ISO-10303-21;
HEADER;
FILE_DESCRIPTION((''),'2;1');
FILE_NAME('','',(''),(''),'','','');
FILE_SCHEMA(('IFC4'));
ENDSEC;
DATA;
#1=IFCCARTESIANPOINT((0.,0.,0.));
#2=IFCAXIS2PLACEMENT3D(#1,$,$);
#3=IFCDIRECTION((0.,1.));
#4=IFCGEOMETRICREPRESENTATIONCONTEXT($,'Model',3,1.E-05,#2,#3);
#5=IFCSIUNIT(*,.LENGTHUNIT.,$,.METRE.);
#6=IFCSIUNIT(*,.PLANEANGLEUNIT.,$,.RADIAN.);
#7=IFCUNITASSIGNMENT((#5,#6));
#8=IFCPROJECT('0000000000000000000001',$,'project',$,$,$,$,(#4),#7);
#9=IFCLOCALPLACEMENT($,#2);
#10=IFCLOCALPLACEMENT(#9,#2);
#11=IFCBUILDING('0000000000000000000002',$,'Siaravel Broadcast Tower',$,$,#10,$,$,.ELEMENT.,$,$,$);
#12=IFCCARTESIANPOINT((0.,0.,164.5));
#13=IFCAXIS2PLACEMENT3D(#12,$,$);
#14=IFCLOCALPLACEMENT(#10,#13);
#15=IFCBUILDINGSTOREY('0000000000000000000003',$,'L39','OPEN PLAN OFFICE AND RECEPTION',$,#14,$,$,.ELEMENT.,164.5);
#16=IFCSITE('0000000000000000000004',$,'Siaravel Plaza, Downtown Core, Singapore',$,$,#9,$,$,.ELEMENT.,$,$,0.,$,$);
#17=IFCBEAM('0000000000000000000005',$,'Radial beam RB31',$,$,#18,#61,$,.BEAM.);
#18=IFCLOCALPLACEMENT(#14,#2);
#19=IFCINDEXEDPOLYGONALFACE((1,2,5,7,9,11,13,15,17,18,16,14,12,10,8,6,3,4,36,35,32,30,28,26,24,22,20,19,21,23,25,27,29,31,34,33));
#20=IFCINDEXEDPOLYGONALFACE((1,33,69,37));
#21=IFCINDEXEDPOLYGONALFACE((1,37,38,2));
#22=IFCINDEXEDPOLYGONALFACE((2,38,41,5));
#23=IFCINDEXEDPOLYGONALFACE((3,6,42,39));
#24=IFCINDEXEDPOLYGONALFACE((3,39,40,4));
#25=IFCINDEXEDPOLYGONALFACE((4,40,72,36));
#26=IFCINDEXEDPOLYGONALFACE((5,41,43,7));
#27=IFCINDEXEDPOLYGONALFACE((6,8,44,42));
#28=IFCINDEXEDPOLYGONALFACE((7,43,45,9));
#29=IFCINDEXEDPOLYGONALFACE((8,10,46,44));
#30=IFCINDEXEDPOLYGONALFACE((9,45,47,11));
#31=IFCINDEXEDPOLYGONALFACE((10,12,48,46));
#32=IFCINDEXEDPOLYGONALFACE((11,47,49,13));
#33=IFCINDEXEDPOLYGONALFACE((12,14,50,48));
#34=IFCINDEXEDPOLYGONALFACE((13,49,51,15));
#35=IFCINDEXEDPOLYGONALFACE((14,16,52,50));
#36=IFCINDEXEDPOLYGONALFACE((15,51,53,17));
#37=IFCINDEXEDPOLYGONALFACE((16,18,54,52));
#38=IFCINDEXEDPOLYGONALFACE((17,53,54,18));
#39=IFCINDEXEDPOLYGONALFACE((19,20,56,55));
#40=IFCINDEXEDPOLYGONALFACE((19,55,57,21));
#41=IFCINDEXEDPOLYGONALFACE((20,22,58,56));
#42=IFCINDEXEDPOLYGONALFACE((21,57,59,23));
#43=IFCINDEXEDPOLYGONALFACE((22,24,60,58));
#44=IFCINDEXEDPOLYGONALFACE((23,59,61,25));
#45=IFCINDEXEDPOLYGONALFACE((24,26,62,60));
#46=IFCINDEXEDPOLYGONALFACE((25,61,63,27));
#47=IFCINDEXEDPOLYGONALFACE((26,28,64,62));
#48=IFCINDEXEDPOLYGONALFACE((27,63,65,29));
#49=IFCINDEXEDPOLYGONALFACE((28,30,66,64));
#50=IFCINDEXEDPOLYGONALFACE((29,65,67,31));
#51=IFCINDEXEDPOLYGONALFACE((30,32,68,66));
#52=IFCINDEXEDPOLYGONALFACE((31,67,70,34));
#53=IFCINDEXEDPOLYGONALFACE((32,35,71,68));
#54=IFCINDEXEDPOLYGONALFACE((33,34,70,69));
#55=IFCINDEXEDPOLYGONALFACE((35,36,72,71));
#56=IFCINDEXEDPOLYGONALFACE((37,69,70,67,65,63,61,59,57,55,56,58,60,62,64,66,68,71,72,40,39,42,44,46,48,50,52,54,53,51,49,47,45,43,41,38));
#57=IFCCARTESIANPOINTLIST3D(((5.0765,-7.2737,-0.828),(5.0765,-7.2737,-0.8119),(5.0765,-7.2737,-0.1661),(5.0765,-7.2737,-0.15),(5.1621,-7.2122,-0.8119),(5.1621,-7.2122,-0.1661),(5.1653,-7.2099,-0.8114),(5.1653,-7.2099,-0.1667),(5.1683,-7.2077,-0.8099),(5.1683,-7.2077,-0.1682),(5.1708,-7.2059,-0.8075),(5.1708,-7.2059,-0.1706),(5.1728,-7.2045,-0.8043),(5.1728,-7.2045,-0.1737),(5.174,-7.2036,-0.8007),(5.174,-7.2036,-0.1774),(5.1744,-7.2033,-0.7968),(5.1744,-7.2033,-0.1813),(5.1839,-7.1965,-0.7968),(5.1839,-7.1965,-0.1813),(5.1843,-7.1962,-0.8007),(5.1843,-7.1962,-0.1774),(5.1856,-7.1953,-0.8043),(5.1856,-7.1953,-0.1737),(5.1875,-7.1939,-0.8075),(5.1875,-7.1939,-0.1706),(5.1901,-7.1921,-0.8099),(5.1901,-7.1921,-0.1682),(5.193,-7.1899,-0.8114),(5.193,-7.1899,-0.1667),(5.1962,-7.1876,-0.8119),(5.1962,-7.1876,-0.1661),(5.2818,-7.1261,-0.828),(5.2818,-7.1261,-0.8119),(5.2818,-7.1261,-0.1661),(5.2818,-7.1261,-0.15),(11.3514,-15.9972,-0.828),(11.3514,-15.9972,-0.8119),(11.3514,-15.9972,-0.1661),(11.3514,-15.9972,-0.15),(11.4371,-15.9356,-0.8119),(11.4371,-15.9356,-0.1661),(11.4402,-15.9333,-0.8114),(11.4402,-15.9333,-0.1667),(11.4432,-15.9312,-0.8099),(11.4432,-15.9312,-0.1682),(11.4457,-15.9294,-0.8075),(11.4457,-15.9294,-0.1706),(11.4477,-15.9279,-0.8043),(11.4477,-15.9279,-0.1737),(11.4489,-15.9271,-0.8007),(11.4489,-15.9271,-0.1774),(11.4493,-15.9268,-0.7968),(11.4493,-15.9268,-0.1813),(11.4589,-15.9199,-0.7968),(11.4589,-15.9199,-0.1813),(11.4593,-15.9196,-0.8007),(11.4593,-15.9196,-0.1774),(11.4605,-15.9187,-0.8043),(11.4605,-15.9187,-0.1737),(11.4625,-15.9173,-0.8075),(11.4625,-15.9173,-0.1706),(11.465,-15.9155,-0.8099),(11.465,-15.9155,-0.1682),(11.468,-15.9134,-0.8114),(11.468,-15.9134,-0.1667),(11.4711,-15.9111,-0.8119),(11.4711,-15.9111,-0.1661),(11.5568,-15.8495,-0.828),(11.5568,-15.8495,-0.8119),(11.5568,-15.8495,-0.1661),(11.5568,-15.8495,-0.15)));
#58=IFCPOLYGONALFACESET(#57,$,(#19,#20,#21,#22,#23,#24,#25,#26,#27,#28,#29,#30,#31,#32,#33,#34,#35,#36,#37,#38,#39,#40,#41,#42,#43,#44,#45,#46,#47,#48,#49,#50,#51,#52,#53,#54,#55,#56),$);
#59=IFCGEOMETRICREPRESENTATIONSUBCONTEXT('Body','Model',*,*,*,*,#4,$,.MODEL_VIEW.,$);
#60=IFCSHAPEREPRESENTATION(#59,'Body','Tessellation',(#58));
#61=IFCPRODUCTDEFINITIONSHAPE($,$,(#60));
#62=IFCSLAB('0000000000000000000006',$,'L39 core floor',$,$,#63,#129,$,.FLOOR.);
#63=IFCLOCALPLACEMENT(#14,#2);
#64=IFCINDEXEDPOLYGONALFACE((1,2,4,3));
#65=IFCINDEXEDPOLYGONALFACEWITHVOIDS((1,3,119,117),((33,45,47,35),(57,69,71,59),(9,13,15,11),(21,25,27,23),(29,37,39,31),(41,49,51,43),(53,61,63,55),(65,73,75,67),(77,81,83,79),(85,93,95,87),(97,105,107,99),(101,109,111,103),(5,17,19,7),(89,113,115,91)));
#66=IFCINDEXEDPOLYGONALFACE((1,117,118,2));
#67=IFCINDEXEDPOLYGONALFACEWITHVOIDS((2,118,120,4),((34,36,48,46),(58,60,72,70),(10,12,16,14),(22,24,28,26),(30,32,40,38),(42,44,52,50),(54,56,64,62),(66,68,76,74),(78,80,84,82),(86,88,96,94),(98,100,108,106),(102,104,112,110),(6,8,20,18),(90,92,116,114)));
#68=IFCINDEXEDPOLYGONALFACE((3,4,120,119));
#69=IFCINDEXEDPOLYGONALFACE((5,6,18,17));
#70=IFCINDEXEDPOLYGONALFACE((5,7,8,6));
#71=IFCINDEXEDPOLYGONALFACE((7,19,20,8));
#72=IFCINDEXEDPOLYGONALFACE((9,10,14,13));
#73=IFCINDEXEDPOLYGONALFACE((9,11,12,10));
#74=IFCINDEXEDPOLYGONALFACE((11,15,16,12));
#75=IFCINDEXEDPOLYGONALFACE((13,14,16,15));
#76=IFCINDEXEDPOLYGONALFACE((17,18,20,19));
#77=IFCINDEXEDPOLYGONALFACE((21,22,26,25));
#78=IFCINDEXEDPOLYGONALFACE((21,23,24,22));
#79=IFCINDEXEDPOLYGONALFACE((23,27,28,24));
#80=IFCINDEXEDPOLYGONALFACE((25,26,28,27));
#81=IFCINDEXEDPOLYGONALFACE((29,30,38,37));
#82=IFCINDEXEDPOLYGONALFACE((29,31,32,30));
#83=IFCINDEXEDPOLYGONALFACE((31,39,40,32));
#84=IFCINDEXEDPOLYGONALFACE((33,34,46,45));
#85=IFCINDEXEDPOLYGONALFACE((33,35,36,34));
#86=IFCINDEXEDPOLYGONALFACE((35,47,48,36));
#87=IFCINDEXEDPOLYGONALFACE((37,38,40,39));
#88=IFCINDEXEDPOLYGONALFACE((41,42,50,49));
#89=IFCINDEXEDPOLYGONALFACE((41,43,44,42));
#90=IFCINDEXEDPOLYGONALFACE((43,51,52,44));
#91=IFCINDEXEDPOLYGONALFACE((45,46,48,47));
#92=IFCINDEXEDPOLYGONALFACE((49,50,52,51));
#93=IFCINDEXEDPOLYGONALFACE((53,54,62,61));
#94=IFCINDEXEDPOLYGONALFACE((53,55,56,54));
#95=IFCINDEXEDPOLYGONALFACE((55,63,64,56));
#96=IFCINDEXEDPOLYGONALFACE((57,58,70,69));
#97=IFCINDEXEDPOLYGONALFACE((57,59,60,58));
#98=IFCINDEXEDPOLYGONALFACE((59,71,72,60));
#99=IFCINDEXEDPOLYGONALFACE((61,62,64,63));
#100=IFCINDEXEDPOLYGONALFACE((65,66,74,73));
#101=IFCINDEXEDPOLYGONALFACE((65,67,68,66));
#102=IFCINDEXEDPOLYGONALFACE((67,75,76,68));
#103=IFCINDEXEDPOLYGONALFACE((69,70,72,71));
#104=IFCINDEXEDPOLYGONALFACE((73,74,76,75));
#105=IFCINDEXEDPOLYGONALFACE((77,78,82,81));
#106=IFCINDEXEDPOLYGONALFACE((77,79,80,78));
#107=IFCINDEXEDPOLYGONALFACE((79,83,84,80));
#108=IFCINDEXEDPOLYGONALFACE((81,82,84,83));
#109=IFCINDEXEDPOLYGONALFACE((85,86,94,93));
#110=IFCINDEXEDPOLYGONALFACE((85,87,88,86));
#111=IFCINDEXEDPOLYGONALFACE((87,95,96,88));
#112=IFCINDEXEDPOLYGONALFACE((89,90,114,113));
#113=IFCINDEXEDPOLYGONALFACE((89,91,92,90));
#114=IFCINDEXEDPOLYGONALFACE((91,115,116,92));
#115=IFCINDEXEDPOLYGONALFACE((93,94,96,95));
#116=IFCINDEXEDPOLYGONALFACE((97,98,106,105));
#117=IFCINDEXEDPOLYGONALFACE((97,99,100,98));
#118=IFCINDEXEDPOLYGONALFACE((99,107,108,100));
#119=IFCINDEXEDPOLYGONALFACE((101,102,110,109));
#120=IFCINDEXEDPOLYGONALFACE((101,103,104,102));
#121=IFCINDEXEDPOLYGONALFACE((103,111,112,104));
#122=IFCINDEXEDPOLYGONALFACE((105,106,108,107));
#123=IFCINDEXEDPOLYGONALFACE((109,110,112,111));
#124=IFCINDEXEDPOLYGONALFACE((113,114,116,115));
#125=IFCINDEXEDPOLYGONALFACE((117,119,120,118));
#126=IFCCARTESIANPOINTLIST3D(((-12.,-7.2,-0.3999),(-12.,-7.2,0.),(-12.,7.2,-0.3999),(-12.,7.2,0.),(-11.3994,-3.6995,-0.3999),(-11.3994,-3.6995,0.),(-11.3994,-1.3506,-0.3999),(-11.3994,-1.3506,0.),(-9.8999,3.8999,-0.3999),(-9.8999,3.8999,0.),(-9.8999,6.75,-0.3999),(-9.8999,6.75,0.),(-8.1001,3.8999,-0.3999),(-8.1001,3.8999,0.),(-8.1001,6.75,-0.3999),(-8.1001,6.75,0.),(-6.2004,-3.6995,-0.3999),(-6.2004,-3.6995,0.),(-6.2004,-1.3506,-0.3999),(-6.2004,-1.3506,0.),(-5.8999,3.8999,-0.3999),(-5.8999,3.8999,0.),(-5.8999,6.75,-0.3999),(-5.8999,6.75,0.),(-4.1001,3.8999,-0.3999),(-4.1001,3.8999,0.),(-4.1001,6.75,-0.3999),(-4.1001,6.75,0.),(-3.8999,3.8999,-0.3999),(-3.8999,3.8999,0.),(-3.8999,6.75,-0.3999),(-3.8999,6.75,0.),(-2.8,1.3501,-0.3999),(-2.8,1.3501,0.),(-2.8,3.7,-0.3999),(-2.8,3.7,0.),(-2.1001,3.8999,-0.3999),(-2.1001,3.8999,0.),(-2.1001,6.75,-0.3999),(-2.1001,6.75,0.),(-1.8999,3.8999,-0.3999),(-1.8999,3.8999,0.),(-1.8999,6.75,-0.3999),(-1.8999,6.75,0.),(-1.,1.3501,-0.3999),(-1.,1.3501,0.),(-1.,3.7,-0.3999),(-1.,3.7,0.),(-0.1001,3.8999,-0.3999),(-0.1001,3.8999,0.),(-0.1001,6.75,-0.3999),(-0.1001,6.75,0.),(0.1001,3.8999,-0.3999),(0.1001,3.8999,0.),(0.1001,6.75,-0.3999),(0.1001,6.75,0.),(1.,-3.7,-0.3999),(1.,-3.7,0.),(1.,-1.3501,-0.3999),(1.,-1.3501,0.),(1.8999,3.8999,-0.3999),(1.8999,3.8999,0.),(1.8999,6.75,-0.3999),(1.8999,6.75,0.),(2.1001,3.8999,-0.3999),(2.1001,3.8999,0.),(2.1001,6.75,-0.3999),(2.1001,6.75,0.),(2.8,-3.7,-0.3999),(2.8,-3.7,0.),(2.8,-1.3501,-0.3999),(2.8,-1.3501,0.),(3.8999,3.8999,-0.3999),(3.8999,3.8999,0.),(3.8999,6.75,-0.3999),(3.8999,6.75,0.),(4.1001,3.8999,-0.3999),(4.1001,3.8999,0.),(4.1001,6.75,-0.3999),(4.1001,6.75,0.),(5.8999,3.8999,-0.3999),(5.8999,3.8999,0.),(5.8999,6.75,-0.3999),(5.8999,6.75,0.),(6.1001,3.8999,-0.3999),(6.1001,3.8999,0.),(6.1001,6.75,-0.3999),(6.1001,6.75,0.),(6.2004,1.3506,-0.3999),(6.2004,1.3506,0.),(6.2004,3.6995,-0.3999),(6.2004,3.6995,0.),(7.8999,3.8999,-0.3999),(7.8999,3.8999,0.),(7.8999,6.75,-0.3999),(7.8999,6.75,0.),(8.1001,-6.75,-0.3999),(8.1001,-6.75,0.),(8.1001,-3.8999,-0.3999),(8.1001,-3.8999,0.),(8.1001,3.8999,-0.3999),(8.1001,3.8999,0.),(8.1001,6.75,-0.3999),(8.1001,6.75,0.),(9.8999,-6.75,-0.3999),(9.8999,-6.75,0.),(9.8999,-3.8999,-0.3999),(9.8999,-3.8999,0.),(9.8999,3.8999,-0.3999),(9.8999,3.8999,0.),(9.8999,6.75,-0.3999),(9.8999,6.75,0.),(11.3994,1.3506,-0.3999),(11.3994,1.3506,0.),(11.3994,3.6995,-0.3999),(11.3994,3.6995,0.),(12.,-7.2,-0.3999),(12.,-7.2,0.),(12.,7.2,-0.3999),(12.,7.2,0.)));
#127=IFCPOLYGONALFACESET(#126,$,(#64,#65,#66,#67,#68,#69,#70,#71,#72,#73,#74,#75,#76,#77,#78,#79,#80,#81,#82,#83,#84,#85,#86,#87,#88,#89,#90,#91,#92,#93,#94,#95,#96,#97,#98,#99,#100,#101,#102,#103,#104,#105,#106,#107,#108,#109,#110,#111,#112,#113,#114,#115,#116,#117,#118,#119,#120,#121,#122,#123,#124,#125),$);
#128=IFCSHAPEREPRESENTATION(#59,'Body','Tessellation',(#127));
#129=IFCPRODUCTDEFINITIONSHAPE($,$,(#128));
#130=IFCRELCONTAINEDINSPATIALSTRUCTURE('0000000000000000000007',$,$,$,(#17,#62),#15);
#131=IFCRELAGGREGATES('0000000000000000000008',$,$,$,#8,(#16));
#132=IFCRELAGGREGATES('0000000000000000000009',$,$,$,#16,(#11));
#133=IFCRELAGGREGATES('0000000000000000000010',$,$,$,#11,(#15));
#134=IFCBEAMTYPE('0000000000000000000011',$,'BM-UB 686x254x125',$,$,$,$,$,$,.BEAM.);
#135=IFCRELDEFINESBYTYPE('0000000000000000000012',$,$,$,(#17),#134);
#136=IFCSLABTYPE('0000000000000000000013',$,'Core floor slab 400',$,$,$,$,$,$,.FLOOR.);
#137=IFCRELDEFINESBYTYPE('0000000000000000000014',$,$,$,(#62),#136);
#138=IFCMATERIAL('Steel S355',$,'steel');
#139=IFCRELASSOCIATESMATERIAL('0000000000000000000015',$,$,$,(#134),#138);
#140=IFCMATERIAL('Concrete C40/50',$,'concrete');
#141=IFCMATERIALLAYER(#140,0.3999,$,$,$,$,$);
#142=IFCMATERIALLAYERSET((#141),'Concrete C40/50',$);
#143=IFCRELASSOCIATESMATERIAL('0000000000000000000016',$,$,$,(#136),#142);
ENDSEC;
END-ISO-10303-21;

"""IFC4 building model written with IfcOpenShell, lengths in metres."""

from ifc_helpers import new_model, si_unit, direction, frame, origin, origin_2d, place, context, subcontext, project, spatial, polyline, i_section, outline, extrude, material, layer, layer_set, material_profile, profile_set, type_object, element, save


model = new_model("IFC4")

# Units and contexts
model_context = context("Model", 3, precision=1e-05, world=origin(), true_north=direction((0.0, 1.0)))
body_context = subcontext(model_context, "Body", "Model", "MODEL_VIEW")
ifc_project = project(units=[si_unit("LENGTHUNIT", "METRE"), si_unit("PLANEANGLEUNIT", "RADIAN")], contexts=[model_context])

# Site, building, storey
site_placement = place(None, origin())
site = spatial("IfcSite", under=ifc_project, at=site_placement, Name="Siaravel Plaza, Downtown Core, Singapore", CompositionType="ELEMENT", RefElevation=0.0)
building_placement = place(site_placement, origin())
building = spatial("IfcBuilding", under=site, at=building_placement, Name="Siaravel Broadcast Tower", CompositionType="ELEMENT")
storey_placement = place(building_placement, frame((0.0, 0.0, 164.5)))
storey = spatial("IfcBuildingStorey", under=building, at=storey_placement, Name="L39", Description="OPEN PLAN OFFICE AND RECEPTION", CompositionType="ELEMENT", Elevation=164.5)

# Beam
ifc_material_1 = material(Name="Steel S355", Category="steel")
ifc_material_profile = material_profile(ifc_material_1, i_section(OverallWidth=0.2529, OverallDepth=0.678, WebThickness=0.0117, FlangeThickness=0.0161, FilletRadius=0.0151, at=origin_2d()))
ifc_profile_set = profile_set([ifc_material_profile], Name="Steel S355")
beam_type = type_object("IfcBeamType", Name="BM-UB 686x254x125", PredefinedType="BEAM", material=ifc_profile_set)
beam_placement = place(storey_placement, frame((11.4541, -15.9233, -0.489), z_axis=(-0.583941, 0.811796, 0.0), x_axis=(-0.811796, -0.583941, 0.0)))
element("IfcBeam", 1, at=beam_placement, inside=storey, type_object=beam_type, Name="Radial beam RB31", PredefinedType="BEAM", context=body_context, shape_type="SweptSolid", body=[
    extrude(i_section(OverallWidth=0.2529, OverallDepth=0.678, WebThickness=0.0117, FlangeThickness=0.0161, FilletRadius=0.0151, at=origin_2d()), origin(), (0.0, 0.0, 1.0), 10.7458),
])

# Slab
ifc_material_2 = material(Name="Concrete C40/50", Category="concrete")
ifc_layer_1 = layer(ifc_material_2, 0.3999)
ifc_layer_set_1 = layer_set([ifc_layer_1], Name="Concrete C40/50")
slab_type_1 = type_object("IfcSlabType", Name="Core floor slab 400", PredefinedType="FLOOR", material=ifc_layer_set_1)
slab_1_placement = place(storey_placement, frame((0.0, 0.0, -0.3999)))
element("IfcSlab", 2, at=slab_1_placement, inside=storey, type_object=slab_type_1, Name="L39 core floor", PredefinedType="FLOOR", context=body_context, shape_type="SweptSolid", body=[
    extrude(outline(polyline([(-12.0, -7.2), (-12.0, 7.2), (12.0, 7.2), (12.0, -7.2), (-12.0, -7.2)]), holes=[polyline([(11.3994, 1.3506), (11.3994, 3.6995), (6.2004, 3.6995), (6.2004, 1.3506), (11.3994, 1.3506)]), polyline([(8.1001, -3.8999), (8.1001, -6.75), (9.8999, -6.75), (9.8999, -3.8999), (8.1001, -3.8999)]), polyline([(9.8999, 6.75), (8.1001, 6.75), (8.1001, 3.8999), (9.8999, 3.8999), (9.8999, 6.75)]), polyline([(7.8999, 6.75), (6.1001, 6.75), (6.1001, 3.8999), (7.8999, 3.8999), (7.8999, 6.75)]), polyline([(5.8999, 6.75), (4.1001, 6.75), (4.1001, 3.8999), (5.8999, 3.8999), (5.8999, 6.75)]), polyline([(3.8999, 6.75), (2.1001, 6.75), (2.1001, 3.8999), (3.8999, 3.8999), (3.8999, 6.75)]), polyline([(2.8, -1.3501), (1.0, -1.3501), (1.0, -3.7), (2.8, -3.7), (2.8, -1.3501)]), polyline([(1.8999, 6.75), (0.1001, 6.75), (0.1001, 3.8999), (1.8999, 3.8999), (1.8999, 6.75)]), polyline([(-0.1001, 6.75), (-1.8999, 6.75), (-1.8999, 3.8999), (-0.1001, 3.8999), (-0.1001, 6.75)]), polyline([(-1.0, 3.7), (-2.8, 3.7), (-2.8, 1.3501), (-1.0, 1.3501), (-1.0, 3.7)]), polyline([(-2.1001, 6.75), (-3.8999, 6.75), (-3.8999, 3.8999), (-2.1001, 3.8999), (-2.1001, 6.75)]), polyline([(-4.1001, 6.75), (-5.8999, 6.75), (-5.8999, 3.8999), (-4.1001, 3.8999), (-4.1001, 6.75)]), polyline([(-11.3994, -3.6995), (-6.2004, -3.6995), (-6.2004, -1.3506), (-11.3994, -1.3506), (-11.3994, -3.6995)]), polyline([(-8.1001, 6.75), (-9.8999, 6.75), (-9.8999, 3.8999), (-8.1001, 3.8999), (-8.1001, 6.75)])]), origin(), (0.0, 0.0, 1.0), 0.3999),
])

save(model, "model.ifc")
